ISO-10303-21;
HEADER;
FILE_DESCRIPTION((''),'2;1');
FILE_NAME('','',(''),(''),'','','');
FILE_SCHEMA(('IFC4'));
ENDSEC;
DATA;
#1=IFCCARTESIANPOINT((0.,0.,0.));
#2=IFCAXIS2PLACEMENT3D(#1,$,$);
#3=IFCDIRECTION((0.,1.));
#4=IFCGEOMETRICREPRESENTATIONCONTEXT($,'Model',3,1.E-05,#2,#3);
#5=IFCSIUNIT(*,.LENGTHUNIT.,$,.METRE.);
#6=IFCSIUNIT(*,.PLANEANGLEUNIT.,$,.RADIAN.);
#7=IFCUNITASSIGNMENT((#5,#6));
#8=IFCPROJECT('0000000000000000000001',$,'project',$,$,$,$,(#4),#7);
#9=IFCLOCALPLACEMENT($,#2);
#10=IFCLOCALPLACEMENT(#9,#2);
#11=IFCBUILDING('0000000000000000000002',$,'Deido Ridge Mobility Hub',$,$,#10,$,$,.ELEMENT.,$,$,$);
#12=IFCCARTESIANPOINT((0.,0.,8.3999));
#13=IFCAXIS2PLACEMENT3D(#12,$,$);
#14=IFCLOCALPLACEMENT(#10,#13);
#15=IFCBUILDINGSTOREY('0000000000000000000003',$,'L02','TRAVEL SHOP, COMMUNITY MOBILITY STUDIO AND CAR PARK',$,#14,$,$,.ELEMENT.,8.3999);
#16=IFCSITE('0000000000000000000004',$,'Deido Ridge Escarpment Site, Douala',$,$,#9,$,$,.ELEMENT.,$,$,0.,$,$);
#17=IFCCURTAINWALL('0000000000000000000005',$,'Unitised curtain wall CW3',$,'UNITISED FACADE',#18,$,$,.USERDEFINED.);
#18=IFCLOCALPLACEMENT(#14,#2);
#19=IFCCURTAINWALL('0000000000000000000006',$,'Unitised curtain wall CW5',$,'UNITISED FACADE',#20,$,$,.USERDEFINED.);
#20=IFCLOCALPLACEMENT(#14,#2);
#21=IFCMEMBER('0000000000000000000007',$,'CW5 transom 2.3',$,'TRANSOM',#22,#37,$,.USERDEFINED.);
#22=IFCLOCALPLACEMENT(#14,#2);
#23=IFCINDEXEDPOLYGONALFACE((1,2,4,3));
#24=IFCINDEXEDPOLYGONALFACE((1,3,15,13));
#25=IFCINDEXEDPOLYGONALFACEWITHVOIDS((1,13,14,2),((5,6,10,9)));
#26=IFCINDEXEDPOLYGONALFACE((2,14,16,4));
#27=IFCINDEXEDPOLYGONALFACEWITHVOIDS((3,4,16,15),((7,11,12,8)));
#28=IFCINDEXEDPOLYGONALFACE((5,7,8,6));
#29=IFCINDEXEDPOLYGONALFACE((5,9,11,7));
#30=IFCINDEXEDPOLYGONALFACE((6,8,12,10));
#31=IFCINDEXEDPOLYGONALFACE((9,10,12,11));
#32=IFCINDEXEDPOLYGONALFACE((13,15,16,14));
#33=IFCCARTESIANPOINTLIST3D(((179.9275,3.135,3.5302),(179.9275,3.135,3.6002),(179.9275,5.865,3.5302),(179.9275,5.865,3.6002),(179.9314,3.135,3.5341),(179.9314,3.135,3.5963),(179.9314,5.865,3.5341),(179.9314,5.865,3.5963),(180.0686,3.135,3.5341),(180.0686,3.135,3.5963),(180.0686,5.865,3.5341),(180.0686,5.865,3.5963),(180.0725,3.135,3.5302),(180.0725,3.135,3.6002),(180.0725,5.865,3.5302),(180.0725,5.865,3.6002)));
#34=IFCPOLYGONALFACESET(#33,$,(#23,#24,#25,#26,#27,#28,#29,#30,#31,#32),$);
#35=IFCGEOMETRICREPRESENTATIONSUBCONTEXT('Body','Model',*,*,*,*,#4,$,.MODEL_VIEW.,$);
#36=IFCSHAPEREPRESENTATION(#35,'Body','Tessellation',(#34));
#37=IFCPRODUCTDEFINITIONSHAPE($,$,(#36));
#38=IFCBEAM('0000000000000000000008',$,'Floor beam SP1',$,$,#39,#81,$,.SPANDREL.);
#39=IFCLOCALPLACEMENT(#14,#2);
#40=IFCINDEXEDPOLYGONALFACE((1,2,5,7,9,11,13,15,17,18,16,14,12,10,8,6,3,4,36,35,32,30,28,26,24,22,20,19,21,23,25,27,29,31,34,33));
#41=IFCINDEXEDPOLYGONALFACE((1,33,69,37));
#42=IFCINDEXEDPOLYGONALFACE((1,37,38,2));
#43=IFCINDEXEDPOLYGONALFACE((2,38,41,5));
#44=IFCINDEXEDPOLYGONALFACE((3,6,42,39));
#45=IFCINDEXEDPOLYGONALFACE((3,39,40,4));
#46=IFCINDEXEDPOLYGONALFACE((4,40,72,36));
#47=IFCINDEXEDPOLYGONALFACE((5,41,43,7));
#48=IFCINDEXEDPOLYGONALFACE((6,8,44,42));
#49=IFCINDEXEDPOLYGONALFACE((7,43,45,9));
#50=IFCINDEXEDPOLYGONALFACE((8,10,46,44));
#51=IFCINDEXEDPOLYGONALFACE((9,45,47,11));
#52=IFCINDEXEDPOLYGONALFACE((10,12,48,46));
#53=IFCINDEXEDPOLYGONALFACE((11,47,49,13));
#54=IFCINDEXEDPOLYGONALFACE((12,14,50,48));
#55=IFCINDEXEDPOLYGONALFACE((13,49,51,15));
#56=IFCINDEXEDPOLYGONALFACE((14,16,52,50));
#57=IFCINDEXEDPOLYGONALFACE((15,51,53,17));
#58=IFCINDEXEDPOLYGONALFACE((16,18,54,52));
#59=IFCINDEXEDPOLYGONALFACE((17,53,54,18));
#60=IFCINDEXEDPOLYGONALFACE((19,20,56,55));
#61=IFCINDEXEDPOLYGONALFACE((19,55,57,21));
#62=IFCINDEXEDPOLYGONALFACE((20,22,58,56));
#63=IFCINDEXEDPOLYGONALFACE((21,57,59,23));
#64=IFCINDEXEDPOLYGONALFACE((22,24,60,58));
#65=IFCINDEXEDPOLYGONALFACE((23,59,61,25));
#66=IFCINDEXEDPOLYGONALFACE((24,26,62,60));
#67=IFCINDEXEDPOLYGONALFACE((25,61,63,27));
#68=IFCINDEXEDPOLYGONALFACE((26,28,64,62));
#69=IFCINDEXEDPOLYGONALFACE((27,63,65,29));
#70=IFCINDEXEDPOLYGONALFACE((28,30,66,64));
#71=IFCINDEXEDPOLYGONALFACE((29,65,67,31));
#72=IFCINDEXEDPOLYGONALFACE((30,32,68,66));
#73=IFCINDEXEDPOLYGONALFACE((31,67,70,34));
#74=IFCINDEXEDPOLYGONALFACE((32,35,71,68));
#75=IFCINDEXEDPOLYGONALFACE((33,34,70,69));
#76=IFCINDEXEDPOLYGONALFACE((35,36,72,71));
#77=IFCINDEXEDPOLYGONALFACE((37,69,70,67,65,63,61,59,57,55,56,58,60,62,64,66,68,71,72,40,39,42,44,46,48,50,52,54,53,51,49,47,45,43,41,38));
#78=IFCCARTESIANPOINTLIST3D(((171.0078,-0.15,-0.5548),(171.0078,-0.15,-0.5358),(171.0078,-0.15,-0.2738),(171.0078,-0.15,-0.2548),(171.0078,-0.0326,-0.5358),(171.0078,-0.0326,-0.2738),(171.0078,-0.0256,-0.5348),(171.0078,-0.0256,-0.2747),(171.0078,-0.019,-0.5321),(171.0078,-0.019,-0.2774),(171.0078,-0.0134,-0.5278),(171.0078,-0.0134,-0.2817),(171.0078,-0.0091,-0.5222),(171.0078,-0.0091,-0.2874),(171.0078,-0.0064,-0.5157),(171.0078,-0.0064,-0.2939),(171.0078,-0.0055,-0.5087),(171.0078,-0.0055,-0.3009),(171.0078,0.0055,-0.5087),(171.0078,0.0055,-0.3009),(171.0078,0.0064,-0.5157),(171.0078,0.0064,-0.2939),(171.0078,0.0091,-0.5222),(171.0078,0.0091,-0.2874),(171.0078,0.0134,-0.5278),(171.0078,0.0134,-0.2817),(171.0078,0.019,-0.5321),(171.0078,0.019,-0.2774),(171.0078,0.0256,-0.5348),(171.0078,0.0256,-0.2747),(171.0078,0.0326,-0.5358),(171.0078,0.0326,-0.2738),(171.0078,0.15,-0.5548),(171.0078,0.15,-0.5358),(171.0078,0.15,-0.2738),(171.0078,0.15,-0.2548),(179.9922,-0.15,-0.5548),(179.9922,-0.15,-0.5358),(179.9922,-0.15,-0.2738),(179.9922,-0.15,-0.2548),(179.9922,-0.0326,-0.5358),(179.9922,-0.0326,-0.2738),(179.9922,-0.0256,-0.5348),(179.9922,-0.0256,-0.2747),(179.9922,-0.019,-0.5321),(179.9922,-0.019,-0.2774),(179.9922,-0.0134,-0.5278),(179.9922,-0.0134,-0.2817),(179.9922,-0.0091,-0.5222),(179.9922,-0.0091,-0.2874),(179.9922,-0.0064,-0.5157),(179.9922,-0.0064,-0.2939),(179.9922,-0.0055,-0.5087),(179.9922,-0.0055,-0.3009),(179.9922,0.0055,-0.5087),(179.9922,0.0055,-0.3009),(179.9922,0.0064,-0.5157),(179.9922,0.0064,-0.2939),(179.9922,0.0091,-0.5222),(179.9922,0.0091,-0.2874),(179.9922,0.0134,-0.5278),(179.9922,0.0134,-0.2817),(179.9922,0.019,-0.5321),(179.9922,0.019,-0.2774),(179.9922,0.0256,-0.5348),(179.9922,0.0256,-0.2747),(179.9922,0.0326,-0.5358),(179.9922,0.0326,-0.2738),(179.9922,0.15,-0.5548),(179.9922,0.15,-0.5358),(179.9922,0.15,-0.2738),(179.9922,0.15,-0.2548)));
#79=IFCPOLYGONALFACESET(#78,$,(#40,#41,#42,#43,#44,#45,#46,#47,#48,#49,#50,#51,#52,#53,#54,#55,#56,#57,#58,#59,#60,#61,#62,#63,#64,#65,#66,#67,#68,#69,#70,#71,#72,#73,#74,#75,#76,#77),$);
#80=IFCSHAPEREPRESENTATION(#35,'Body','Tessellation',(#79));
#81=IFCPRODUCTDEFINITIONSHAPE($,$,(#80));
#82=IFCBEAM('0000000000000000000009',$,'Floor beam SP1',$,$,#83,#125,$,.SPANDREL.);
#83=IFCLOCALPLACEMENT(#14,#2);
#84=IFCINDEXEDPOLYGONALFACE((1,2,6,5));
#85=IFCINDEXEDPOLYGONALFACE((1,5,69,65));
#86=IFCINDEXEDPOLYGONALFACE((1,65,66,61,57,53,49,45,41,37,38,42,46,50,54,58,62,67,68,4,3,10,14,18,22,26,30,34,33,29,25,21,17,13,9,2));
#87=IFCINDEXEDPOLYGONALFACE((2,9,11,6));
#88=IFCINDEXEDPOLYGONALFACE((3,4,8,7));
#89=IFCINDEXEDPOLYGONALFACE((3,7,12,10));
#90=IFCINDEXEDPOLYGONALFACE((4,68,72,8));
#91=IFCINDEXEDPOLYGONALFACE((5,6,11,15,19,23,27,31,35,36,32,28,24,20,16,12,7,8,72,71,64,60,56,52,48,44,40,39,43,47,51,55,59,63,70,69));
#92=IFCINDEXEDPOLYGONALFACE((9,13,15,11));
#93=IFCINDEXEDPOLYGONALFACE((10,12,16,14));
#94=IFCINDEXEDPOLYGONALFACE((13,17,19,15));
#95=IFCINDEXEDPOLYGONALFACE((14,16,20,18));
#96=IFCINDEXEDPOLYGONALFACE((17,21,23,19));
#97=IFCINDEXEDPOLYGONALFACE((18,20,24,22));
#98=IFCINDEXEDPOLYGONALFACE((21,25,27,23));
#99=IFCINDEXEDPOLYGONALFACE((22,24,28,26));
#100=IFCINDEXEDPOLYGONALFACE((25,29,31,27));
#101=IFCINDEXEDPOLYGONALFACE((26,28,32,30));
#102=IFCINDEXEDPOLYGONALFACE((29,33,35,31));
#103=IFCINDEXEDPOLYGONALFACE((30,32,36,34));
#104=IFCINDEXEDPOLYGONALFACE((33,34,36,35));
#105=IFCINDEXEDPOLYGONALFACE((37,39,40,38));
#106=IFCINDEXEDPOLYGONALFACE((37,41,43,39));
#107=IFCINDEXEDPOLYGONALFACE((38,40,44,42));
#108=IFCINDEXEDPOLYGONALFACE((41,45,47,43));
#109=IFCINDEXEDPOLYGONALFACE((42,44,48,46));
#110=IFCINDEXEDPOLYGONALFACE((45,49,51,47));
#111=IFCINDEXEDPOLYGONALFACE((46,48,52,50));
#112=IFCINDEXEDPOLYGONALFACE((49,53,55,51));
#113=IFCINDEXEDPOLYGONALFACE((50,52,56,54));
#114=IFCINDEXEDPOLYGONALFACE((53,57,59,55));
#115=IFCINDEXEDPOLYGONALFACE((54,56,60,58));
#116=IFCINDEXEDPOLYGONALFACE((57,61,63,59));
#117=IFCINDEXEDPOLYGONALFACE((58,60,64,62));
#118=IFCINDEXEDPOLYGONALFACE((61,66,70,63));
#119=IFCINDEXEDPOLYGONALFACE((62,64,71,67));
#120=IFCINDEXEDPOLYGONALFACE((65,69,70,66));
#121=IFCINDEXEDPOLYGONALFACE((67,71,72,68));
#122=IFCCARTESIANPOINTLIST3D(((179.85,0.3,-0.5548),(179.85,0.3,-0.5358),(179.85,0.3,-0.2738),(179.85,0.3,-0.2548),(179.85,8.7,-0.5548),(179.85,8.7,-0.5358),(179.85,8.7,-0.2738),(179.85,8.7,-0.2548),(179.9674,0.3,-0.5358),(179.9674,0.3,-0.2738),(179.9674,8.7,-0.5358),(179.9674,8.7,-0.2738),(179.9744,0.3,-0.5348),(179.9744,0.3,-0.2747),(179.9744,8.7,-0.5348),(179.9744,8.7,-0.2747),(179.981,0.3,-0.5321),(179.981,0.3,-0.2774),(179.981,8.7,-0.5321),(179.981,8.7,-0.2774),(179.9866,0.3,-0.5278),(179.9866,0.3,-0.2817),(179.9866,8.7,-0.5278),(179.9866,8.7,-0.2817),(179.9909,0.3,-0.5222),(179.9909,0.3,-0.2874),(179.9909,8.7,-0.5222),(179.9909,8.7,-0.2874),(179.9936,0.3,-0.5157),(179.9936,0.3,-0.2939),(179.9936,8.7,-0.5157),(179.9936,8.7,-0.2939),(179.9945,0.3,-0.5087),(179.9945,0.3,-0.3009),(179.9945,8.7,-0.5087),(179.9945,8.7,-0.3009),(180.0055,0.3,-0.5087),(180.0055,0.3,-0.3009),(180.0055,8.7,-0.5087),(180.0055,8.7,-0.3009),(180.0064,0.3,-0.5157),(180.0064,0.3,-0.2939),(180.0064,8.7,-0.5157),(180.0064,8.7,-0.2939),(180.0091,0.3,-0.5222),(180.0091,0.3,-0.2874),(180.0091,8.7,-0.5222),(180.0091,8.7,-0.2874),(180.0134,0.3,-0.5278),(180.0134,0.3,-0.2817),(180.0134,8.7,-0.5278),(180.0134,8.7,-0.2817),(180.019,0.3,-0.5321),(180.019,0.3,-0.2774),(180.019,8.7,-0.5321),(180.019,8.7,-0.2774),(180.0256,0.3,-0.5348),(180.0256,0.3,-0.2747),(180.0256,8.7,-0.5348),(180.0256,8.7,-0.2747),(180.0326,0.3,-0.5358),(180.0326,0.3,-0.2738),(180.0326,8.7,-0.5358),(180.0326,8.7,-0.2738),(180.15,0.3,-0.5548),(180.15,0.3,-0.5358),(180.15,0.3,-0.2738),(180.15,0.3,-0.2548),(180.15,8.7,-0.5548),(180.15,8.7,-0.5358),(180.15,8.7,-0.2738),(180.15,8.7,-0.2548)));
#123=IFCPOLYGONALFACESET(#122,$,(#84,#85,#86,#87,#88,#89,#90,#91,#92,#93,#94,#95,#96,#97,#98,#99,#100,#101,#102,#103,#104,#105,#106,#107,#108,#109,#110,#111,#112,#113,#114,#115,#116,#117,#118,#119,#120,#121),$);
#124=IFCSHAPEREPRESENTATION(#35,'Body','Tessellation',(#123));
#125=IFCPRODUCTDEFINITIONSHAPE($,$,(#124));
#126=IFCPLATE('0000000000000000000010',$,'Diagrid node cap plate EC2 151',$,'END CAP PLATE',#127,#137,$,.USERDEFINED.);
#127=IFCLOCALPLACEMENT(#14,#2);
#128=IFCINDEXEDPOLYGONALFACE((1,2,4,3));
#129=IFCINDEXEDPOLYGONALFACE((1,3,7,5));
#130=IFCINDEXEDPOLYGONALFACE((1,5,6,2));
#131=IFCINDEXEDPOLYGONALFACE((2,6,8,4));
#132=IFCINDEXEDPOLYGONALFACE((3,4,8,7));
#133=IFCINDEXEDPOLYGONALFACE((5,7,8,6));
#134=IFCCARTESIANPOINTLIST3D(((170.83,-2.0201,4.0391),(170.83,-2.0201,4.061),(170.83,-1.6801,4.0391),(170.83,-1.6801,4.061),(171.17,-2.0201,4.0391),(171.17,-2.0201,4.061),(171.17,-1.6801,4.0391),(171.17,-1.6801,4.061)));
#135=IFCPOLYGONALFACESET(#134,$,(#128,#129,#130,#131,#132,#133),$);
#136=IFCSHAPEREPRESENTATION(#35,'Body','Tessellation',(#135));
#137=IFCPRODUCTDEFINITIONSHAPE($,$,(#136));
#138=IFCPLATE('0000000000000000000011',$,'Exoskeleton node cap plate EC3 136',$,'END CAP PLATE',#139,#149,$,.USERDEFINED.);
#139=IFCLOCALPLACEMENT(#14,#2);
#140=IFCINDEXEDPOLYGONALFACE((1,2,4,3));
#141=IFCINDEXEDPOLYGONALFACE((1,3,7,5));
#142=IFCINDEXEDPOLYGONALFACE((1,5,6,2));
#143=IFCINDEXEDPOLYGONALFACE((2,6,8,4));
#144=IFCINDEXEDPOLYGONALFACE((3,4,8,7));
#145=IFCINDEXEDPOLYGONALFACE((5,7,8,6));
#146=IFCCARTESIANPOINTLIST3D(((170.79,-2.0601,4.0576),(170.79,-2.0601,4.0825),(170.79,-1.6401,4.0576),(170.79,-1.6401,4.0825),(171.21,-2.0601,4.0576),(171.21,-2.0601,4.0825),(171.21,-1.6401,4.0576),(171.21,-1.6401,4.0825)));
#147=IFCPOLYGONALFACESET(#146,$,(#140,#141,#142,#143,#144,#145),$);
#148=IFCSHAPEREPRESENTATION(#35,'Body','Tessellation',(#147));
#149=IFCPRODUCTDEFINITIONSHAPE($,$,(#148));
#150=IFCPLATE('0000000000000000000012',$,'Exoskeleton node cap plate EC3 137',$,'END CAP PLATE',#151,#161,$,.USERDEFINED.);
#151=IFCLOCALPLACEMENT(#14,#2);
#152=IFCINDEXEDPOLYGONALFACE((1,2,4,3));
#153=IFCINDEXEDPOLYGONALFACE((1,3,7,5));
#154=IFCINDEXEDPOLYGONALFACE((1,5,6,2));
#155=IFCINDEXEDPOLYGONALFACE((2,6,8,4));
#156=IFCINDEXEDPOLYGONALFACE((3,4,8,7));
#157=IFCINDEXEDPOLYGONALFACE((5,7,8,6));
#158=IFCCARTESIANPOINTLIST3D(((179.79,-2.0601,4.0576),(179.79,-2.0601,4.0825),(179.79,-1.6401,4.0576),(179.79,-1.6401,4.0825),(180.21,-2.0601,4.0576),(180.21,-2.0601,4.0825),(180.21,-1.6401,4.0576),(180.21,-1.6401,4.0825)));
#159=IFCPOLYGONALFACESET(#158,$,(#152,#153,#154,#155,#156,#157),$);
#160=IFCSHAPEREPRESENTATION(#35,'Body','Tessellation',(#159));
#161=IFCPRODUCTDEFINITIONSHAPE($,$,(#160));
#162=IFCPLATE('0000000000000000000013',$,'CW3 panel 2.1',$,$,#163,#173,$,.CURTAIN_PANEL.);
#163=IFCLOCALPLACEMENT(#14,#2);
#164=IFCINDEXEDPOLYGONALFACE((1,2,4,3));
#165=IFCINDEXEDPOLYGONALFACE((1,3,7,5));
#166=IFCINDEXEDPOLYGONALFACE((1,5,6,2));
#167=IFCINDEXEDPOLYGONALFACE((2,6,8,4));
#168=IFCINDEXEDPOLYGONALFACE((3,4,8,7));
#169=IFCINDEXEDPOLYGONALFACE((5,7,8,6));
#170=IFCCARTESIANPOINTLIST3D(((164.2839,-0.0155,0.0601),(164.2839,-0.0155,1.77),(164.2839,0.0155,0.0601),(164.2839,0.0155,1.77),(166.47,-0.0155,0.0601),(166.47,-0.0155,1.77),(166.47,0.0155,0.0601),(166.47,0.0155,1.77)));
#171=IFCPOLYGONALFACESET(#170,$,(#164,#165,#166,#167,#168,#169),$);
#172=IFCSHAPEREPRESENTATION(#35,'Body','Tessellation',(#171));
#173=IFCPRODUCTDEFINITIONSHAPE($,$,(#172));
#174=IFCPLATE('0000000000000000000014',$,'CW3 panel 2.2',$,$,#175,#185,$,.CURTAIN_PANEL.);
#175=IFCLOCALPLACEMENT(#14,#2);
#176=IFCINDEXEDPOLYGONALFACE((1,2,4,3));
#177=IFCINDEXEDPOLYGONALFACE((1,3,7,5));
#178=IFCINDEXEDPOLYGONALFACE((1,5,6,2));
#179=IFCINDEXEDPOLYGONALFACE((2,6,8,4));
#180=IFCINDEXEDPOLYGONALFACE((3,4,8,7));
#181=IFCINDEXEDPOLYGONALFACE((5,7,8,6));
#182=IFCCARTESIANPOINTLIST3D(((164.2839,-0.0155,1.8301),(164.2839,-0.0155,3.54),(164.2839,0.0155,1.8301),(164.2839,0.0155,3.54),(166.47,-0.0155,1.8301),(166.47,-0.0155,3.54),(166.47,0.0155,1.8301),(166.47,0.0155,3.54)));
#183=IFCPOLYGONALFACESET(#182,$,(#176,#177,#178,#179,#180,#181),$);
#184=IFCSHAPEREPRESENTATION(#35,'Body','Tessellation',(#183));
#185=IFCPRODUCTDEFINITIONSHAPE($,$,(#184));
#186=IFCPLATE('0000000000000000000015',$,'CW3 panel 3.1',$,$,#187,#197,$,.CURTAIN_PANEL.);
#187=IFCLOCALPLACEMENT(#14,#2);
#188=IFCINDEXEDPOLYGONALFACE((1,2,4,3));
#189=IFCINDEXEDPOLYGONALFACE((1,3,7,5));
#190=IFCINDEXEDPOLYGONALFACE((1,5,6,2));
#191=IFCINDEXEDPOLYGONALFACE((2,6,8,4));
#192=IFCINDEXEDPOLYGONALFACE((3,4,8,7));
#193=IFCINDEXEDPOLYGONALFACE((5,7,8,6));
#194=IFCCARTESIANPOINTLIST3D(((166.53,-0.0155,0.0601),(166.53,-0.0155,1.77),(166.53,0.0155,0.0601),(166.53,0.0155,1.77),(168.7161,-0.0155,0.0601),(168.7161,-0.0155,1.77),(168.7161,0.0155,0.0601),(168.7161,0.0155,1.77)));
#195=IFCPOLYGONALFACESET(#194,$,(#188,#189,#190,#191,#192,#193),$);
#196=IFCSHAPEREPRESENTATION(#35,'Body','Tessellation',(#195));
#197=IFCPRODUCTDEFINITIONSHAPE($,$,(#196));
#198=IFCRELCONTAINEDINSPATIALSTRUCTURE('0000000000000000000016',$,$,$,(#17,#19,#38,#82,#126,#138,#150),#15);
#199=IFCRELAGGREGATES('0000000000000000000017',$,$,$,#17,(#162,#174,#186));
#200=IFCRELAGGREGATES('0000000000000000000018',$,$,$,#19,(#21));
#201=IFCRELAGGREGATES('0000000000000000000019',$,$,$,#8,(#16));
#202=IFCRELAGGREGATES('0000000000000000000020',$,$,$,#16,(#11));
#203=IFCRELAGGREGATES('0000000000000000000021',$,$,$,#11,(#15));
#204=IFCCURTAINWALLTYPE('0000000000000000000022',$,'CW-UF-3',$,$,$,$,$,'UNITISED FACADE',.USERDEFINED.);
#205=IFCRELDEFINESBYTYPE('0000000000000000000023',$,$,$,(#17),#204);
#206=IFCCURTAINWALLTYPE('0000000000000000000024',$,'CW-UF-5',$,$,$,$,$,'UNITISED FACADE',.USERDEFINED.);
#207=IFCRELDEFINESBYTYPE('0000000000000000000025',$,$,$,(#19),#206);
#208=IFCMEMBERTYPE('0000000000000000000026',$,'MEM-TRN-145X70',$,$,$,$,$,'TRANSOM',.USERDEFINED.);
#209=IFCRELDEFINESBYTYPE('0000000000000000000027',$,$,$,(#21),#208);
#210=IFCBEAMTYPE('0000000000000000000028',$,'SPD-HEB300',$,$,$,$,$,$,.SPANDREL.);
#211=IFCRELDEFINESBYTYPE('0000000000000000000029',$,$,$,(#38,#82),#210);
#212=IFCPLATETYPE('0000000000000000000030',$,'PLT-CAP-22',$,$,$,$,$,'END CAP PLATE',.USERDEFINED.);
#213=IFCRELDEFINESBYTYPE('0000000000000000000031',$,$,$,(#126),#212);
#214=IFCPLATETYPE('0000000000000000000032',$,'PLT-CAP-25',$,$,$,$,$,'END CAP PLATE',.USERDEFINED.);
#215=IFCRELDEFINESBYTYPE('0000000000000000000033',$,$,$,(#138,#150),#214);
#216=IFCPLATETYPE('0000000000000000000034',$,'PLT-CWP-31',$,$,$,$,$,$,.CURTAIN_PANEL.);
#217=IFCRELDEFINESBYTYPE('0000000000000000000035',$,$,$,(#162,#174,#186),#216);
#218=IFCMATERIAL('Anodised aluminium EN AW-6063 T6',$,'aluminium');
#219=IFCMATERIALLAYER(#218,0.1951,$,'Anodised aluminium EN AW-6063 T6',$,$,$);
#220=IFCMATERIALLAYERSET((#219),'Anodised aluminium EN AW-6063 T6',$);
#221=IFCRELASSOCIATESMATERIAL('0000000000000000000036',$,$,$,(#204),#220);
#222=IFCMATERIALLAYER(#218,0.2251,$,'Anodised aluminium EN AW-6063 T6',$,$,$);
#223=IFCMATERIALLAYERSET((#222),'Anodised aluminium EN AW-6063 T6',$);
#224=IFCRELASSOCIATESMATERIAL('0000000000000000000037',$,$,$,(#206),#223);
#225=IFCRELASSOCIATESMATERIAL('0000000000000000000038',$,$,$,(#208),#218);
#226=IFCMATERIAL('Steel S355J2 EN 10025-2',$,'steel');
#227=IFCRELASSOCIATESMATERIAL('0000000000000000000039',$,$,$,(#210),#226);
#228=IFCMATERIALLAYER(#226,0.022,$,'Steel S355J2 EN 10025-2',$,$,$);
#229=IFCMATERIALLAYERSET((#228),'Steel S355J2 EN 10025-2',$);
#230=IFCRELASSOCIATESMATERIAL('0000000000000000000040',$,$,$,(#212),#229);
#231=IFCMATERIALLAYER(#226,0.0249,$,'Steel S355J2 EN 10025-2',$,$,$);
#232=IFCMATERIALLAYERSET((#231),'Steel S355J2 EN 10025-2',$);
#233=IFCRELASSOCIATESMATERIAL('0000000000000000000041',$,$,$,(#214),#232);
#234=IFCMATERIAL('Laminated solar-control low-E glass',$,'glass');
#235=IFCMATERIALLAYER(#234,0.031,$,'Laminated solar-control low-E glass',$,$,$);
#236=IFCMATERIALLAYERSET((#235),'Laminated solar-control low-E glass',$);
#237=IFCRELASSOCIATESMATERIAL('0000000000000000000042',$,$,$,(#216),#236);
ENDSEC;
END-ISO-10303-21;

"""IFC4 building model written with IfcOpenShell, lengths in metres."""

from ifc_helpers import new_model, si_unit, direction, frame, origin, origin_2d, place, context, subcontext, project, spatial, rectangle, hollow_rectangle, i_section, extrude, material, layer, layer_set, material_profile, profile_set, type_object, element, aggregate, save


model = new_model("IFC4")

# Units and contexts
model_context = context("Model", 3, precision=1e-05, world=origin(), true_north=direction((0.0, 1.0)))
body_context = subcontext(model_context, "Body", "Model", "MODEL_VIEW")
ifc_project = project(units=[si_unit("LENGTHUNIT", "METRE"), si_unit("PLANEANGLEUNIT", "RADIAN")], contexts=[model_context])

# Site, building, storey
site_placement = place(None, origin())
site = spatial("IfcSite", under=ifc_project, at=site_placement, Name="Deido Ridge Escarpment Site, Douala", CompositionType="ELEMENT", RefElevation=0.0)
building_placement = place(site_placement, origin())
building = spatial("IfcBuilding", under=site, at=building_placement, Name="Deido Ridge Mobility Hub", CompositionType="ELEMENT")
storey_placement = place(building_placement, frame((0.0, 0.0, 8.3999)))
storey = spatial("IfcBuildingStorey", under=building, at=storey_placement, Name="L02", Description="TRAVEL SHOP, COMMUNITY MOBILITY STUDIO AND CAR PARK", CompositionType="ELEMENT", Elevation=8.3999)

# Shared definitions
ifc_material_1 = material(Name="Steel S355J2 EN 10025-2", Category="steel")

# Curtain walls
ifc_material_2 = material(Name="Anodised aluminium EN AW-6063 T6", Category="aluminium")
ifc_layer_1 = layer(ifc_material_2, 0.1951, Name="Anodised aluminium EN AW-6063 T6")
ifc_layer_set_1 = layer_set([ifc_layer_1], Name="Anodised aluminium EN AW-6063 T6")
curtain_wall_type_1 = type_object("IfcCurtainWallType", Name="CW-UF-3", ElementType="UNITISED FACADE", PredefinedType="USERDEFINED", material=ifc_layer_set_1)
curtain_wall_1_placement = place(storey_placement, origin())
curtain_wall_1 = element("IfcCurtainWall", 1, at=curtain_wall_1_placement, inside=storey, type_object=curtain_wall_type_1, Name="Unitised curtain wall CW3", ObjectType="UNITISED FACADE", PredefinedType="USERDEFINED")
ifc_layer_2 = layer(ifc_material_2, 0.2251, Name="Anodised aluminium EN AW-6063 T6")
ifc_layer_set_2 = layer_set([ifc_layer_2], Name="Anodised aluminium EN AW-6063 T6")
curtain_wall_type_2 = type_object("IfcCurtainWallType", Name="CW-UF-5", ElementType="UNITISED FACADE", PredefinedType="USERDEFINED", material=ifc_layer_set_2)
curtain_wall_2_placement = place(storey_placement, origin())
curtain_wall_2 = element("IfcCurtainWall", 2, at=curtain_wall_2_placement, inside=storey, type_object=curtain_wall_type_2, Name="Unitised curtain wall CW5", ObjectType="UNITISED FACADE", PredefinedType="USERDEFINED")

# Member
ifc_material_profile_1 = material_profile(ifc_material_2, hollow_rectangle(XDim=0.145, YDim=0.0701, WallThickness=0.0039, at=origin_2d()), Name="RHS 145x70x4")
ifc_profile_set_1 = profile_set([ifc_material_profile_1], Name="Anodised aluminium EN AW-6063 T6")
member_type_1 = type_object("IfcMemberType", Name="MEM-TRN-145X70", ElementType="TRANSOM", PredefinedType="USERDEFINED", material=ifc_profile_set_1)
member_1_placement = place(storey_placement, frame((180.0, 3.135, 3.5652), z_axis=(0.0, 1.0, 0.0), x_axis=(-1.0, 0.0, 0.0)))
member_1 = element("IfcMember", 3, at=member_1_placement, type_object=member_type_1, Name="CW5 transom 2.3", ObjectType="TRANSOM", PredefinedType="USERDEFINED", context=body_context, shape_type="SweptSolid", body=[
    extrude(hollow_rectangle(XDim=0.145, YDim=0.0701, WallThickness=0.0039, at=origin_2d()), origin(), (0.0, 0.0, 1.0), 2.73),
])

# Beams
ifc_material_profile_2 = material_profile(ifc_material_1, i_section(OverallWidth=0.3, OverallDepth=0.3, WebThickness=0.011, FlangeThickness=0.019, FilletRadius=0.0271, at=origin_2d()), Name="HEB 300")
ifc_profile_set_2 = profile_set([ifc_material_profile_2], Name="Steel S355J2 EN 10025-2")
beam_type = type_object("IfcBeamType", Name="SPD-HEB300", PredefinedType="SPANDREL", material=ifc_profile_set_2)
beam_1_placement = place(storey_placement, frame((171.0078, 0.0, -0.4048), z_axis=(1.0, 0.0, 0.0), x_axis=(0.0, 1.0, 0.0)))
element("IfcBeam", 4, at=beam_1_placement, inside=storey, type_object=beam_type, Name="Floor beam SP1", PredefinedType="SPANDREL", context=body_context, shape_type="SweptSolid", body=[
    extrude(i_section(OverallWidth=0.3, OverallDepth=0.3, WebThickness=0.011, FlangeThickness=0.019, FilletRadius=0.0271, at=origin_2d()), origin(), (0.0, 0.0, 1.0), 8.9844),
])
beam_2_placement = place(storey_placement, frame((180.0, 0.3, -0.4048), z_axis=(0.0, 1.0, 0.0), x_axis=(-1.0, 0.0, 0.0)))
element("IfcBeam", 5, at=beam_2_placement, inside=storey, type_object=beam_type, Name="Floor beam SP1", PredefinedType="SPANDREL", context=body_context, shape_type="SweptSolid", body=[
    extrude(i_section(OverallWidth=0.3, OverallDepth=0.3, WebThickness=0.011, FlangeThickness=0.019, FilletRadius=0.0271, at=origin_2d()), origin(), (0.0, 0.0, 1.0), 8.3999),
])

# Plates
ifc_layer_3 = layer(ifc_material_1, 0.022, Name="Steel S355J2 EN 10025-2")
ifc_layer_set_3 = layer_set([ifc_layer_3], Name="Steel S355J2 EN 10025-2")
plate_type_1 = type_object("IfcPlateType", Name="PLT-CAP-22", ElementType="END CAP PLATE", PredefinedType="USERDEFINED", material=ifc_layer_set_3)
plate_1_placement = place(storey_placement, frame((171.0, -1.8501, 4.0391), z_axis=(0.0, 0.0, 1.0), x_axis=(1.0, 0.0, 0.0)))
element("IfcPlate", 6, at=plate_1_placement, inside=storey, type_object=plate_type_1, Name="Diagrid node cap plate EC2 151", ObjectType="END CAP PLATE", PredefinedType="USERDEFINED", context=body_context, shape_type="SweptSolid", body=[
    extrude(rectangle(XDim=0.3401, YDim=0.3401, at=origin_2d()), origin(), (0.0, 0.0, 1.0), 0.022),
])
ifc_layer_4 = layer(ifc_material_1, 0.0249, Name="Steel S355J2 EN 10025-2")
ifc_layer_set_4 = layer_set([ifc_layer_4], Name="Steel S355J2 EN 10025-2")
plate_type_2 = type_object("IfcPlateType", Name="PLT-CAP-25", ElementType="END CAP PLATE", PredefinedType="USERDEFINED", material=ifc_layer_set_4)
for number, where, z_axis, x_axis, name in (
    (7, (171.0, -1.8501, 4.0576), (0.0, 0.0, 1.0), (1.0, 0.0, 0.0), "Exoskeleton node cap plate EC3 136"),
    (8, (180.0, -1.8501, 4.0576), (0.0, 0.0, 1.0), (1.0, 0.0, 0.0), "Exoskeleton node cap plate EC3 137"),
):
    element("IfcPlate", number, at=place(storey_placement, frame(where, z_axis=z_axis, x_axis=x_axis)), inside=storey, type_object=plate_type_2, Name=name, ObjectType="END CAP PLATE", PredefinedType="USERDEFINED", context=body_context, shape_type="SweptSolid", body=[
        extrude(rectangle(XDim=0.4199, YDim=0.4199, at=origin_2d()), origin(), (0.0, 0.0, 1.0), 0.0249),
    ])

# Plates
ifc_material_3 = material(Name="Laminated solar-control low-E glass", Category="glass")
ifc_layer_5 = layer(ifc_material_3, 0.031, Name="Laminated solar-control low-E glass")
ifc_layer_set_5 = layer_set([ifc_layer_5], Name="Laminated solar-control low-E glass")
plate_type_3 = type_object("IfcPlateType", Name="PLT-CWP-31", PredefinedType="CURTAIN_PANEL", material=ifc_layer_set_5)
plate_2_placement = place(storey_placement, frame((165.377, 0.0, 0.0601), z_axis=(0.0, 0.0, 1.0), x_axis=(1.0, 0.0, 0.0)))
plate_2 = element("IfcPlate", 9, at=plate_2_placement, type_object=plate_type_3, Name="CW3 panel 2.1", PredefinedType="CURTAIN_PANEL", context=body_context, shape_type="SweptSolid", body=[
    extrude(rectangle(XDim=2.186, YDim=0.031, at=origin_2d()), origin(), (0.0, 0.0, 1.0), 1.71),
])
plate_3_placement = place(storey_placement, frame((165.377, 0.0, 1.8301), z_axis=(0.0, 0.0, 1.0), x_axis=(1.0, 0.0, 0.0)))
plate_3 = element("IfcPlate", 10, at=plate_3_placement, type_object=plate_type_3, Name="CW3 panel 2.2", PredefinedType="CURTAIN_PANEL", context=body_context, shape_type="SweptSolid", body=[
    extrude(rectangle(XDim=2.186, YDim=0.031, at=origin_2d()), origin(), (0.0, 0.0, 1.0), 1.71),
])
plate_4_placement = place(storey_placement, frame((167.623, 0.0, 0.0601), z_axis=(0.0, 0.0, 1.0), x_axis=(1.0, 0.0, 0.0)))
plate_4 = element("IfcPlate", 11, at=plate_4_placement, type_object=plate_type_3, Name="CW3 panel 3.1", PredefinedType="CURTAIN_PANEL", context=body_context, shape_type="SweptSolid", body=[
    extrude(rectangle(XDim=2.186, YDim=0.031, at=origin_2d()), origin(), (0.0, 0.0, 1.0), 1.71),
])
aggregate(curtain_wall_1, [plate_2, plate_3, plate_4])
aggregate(curtain_wall_2, [member_1])

save(model, "model.ifc")
